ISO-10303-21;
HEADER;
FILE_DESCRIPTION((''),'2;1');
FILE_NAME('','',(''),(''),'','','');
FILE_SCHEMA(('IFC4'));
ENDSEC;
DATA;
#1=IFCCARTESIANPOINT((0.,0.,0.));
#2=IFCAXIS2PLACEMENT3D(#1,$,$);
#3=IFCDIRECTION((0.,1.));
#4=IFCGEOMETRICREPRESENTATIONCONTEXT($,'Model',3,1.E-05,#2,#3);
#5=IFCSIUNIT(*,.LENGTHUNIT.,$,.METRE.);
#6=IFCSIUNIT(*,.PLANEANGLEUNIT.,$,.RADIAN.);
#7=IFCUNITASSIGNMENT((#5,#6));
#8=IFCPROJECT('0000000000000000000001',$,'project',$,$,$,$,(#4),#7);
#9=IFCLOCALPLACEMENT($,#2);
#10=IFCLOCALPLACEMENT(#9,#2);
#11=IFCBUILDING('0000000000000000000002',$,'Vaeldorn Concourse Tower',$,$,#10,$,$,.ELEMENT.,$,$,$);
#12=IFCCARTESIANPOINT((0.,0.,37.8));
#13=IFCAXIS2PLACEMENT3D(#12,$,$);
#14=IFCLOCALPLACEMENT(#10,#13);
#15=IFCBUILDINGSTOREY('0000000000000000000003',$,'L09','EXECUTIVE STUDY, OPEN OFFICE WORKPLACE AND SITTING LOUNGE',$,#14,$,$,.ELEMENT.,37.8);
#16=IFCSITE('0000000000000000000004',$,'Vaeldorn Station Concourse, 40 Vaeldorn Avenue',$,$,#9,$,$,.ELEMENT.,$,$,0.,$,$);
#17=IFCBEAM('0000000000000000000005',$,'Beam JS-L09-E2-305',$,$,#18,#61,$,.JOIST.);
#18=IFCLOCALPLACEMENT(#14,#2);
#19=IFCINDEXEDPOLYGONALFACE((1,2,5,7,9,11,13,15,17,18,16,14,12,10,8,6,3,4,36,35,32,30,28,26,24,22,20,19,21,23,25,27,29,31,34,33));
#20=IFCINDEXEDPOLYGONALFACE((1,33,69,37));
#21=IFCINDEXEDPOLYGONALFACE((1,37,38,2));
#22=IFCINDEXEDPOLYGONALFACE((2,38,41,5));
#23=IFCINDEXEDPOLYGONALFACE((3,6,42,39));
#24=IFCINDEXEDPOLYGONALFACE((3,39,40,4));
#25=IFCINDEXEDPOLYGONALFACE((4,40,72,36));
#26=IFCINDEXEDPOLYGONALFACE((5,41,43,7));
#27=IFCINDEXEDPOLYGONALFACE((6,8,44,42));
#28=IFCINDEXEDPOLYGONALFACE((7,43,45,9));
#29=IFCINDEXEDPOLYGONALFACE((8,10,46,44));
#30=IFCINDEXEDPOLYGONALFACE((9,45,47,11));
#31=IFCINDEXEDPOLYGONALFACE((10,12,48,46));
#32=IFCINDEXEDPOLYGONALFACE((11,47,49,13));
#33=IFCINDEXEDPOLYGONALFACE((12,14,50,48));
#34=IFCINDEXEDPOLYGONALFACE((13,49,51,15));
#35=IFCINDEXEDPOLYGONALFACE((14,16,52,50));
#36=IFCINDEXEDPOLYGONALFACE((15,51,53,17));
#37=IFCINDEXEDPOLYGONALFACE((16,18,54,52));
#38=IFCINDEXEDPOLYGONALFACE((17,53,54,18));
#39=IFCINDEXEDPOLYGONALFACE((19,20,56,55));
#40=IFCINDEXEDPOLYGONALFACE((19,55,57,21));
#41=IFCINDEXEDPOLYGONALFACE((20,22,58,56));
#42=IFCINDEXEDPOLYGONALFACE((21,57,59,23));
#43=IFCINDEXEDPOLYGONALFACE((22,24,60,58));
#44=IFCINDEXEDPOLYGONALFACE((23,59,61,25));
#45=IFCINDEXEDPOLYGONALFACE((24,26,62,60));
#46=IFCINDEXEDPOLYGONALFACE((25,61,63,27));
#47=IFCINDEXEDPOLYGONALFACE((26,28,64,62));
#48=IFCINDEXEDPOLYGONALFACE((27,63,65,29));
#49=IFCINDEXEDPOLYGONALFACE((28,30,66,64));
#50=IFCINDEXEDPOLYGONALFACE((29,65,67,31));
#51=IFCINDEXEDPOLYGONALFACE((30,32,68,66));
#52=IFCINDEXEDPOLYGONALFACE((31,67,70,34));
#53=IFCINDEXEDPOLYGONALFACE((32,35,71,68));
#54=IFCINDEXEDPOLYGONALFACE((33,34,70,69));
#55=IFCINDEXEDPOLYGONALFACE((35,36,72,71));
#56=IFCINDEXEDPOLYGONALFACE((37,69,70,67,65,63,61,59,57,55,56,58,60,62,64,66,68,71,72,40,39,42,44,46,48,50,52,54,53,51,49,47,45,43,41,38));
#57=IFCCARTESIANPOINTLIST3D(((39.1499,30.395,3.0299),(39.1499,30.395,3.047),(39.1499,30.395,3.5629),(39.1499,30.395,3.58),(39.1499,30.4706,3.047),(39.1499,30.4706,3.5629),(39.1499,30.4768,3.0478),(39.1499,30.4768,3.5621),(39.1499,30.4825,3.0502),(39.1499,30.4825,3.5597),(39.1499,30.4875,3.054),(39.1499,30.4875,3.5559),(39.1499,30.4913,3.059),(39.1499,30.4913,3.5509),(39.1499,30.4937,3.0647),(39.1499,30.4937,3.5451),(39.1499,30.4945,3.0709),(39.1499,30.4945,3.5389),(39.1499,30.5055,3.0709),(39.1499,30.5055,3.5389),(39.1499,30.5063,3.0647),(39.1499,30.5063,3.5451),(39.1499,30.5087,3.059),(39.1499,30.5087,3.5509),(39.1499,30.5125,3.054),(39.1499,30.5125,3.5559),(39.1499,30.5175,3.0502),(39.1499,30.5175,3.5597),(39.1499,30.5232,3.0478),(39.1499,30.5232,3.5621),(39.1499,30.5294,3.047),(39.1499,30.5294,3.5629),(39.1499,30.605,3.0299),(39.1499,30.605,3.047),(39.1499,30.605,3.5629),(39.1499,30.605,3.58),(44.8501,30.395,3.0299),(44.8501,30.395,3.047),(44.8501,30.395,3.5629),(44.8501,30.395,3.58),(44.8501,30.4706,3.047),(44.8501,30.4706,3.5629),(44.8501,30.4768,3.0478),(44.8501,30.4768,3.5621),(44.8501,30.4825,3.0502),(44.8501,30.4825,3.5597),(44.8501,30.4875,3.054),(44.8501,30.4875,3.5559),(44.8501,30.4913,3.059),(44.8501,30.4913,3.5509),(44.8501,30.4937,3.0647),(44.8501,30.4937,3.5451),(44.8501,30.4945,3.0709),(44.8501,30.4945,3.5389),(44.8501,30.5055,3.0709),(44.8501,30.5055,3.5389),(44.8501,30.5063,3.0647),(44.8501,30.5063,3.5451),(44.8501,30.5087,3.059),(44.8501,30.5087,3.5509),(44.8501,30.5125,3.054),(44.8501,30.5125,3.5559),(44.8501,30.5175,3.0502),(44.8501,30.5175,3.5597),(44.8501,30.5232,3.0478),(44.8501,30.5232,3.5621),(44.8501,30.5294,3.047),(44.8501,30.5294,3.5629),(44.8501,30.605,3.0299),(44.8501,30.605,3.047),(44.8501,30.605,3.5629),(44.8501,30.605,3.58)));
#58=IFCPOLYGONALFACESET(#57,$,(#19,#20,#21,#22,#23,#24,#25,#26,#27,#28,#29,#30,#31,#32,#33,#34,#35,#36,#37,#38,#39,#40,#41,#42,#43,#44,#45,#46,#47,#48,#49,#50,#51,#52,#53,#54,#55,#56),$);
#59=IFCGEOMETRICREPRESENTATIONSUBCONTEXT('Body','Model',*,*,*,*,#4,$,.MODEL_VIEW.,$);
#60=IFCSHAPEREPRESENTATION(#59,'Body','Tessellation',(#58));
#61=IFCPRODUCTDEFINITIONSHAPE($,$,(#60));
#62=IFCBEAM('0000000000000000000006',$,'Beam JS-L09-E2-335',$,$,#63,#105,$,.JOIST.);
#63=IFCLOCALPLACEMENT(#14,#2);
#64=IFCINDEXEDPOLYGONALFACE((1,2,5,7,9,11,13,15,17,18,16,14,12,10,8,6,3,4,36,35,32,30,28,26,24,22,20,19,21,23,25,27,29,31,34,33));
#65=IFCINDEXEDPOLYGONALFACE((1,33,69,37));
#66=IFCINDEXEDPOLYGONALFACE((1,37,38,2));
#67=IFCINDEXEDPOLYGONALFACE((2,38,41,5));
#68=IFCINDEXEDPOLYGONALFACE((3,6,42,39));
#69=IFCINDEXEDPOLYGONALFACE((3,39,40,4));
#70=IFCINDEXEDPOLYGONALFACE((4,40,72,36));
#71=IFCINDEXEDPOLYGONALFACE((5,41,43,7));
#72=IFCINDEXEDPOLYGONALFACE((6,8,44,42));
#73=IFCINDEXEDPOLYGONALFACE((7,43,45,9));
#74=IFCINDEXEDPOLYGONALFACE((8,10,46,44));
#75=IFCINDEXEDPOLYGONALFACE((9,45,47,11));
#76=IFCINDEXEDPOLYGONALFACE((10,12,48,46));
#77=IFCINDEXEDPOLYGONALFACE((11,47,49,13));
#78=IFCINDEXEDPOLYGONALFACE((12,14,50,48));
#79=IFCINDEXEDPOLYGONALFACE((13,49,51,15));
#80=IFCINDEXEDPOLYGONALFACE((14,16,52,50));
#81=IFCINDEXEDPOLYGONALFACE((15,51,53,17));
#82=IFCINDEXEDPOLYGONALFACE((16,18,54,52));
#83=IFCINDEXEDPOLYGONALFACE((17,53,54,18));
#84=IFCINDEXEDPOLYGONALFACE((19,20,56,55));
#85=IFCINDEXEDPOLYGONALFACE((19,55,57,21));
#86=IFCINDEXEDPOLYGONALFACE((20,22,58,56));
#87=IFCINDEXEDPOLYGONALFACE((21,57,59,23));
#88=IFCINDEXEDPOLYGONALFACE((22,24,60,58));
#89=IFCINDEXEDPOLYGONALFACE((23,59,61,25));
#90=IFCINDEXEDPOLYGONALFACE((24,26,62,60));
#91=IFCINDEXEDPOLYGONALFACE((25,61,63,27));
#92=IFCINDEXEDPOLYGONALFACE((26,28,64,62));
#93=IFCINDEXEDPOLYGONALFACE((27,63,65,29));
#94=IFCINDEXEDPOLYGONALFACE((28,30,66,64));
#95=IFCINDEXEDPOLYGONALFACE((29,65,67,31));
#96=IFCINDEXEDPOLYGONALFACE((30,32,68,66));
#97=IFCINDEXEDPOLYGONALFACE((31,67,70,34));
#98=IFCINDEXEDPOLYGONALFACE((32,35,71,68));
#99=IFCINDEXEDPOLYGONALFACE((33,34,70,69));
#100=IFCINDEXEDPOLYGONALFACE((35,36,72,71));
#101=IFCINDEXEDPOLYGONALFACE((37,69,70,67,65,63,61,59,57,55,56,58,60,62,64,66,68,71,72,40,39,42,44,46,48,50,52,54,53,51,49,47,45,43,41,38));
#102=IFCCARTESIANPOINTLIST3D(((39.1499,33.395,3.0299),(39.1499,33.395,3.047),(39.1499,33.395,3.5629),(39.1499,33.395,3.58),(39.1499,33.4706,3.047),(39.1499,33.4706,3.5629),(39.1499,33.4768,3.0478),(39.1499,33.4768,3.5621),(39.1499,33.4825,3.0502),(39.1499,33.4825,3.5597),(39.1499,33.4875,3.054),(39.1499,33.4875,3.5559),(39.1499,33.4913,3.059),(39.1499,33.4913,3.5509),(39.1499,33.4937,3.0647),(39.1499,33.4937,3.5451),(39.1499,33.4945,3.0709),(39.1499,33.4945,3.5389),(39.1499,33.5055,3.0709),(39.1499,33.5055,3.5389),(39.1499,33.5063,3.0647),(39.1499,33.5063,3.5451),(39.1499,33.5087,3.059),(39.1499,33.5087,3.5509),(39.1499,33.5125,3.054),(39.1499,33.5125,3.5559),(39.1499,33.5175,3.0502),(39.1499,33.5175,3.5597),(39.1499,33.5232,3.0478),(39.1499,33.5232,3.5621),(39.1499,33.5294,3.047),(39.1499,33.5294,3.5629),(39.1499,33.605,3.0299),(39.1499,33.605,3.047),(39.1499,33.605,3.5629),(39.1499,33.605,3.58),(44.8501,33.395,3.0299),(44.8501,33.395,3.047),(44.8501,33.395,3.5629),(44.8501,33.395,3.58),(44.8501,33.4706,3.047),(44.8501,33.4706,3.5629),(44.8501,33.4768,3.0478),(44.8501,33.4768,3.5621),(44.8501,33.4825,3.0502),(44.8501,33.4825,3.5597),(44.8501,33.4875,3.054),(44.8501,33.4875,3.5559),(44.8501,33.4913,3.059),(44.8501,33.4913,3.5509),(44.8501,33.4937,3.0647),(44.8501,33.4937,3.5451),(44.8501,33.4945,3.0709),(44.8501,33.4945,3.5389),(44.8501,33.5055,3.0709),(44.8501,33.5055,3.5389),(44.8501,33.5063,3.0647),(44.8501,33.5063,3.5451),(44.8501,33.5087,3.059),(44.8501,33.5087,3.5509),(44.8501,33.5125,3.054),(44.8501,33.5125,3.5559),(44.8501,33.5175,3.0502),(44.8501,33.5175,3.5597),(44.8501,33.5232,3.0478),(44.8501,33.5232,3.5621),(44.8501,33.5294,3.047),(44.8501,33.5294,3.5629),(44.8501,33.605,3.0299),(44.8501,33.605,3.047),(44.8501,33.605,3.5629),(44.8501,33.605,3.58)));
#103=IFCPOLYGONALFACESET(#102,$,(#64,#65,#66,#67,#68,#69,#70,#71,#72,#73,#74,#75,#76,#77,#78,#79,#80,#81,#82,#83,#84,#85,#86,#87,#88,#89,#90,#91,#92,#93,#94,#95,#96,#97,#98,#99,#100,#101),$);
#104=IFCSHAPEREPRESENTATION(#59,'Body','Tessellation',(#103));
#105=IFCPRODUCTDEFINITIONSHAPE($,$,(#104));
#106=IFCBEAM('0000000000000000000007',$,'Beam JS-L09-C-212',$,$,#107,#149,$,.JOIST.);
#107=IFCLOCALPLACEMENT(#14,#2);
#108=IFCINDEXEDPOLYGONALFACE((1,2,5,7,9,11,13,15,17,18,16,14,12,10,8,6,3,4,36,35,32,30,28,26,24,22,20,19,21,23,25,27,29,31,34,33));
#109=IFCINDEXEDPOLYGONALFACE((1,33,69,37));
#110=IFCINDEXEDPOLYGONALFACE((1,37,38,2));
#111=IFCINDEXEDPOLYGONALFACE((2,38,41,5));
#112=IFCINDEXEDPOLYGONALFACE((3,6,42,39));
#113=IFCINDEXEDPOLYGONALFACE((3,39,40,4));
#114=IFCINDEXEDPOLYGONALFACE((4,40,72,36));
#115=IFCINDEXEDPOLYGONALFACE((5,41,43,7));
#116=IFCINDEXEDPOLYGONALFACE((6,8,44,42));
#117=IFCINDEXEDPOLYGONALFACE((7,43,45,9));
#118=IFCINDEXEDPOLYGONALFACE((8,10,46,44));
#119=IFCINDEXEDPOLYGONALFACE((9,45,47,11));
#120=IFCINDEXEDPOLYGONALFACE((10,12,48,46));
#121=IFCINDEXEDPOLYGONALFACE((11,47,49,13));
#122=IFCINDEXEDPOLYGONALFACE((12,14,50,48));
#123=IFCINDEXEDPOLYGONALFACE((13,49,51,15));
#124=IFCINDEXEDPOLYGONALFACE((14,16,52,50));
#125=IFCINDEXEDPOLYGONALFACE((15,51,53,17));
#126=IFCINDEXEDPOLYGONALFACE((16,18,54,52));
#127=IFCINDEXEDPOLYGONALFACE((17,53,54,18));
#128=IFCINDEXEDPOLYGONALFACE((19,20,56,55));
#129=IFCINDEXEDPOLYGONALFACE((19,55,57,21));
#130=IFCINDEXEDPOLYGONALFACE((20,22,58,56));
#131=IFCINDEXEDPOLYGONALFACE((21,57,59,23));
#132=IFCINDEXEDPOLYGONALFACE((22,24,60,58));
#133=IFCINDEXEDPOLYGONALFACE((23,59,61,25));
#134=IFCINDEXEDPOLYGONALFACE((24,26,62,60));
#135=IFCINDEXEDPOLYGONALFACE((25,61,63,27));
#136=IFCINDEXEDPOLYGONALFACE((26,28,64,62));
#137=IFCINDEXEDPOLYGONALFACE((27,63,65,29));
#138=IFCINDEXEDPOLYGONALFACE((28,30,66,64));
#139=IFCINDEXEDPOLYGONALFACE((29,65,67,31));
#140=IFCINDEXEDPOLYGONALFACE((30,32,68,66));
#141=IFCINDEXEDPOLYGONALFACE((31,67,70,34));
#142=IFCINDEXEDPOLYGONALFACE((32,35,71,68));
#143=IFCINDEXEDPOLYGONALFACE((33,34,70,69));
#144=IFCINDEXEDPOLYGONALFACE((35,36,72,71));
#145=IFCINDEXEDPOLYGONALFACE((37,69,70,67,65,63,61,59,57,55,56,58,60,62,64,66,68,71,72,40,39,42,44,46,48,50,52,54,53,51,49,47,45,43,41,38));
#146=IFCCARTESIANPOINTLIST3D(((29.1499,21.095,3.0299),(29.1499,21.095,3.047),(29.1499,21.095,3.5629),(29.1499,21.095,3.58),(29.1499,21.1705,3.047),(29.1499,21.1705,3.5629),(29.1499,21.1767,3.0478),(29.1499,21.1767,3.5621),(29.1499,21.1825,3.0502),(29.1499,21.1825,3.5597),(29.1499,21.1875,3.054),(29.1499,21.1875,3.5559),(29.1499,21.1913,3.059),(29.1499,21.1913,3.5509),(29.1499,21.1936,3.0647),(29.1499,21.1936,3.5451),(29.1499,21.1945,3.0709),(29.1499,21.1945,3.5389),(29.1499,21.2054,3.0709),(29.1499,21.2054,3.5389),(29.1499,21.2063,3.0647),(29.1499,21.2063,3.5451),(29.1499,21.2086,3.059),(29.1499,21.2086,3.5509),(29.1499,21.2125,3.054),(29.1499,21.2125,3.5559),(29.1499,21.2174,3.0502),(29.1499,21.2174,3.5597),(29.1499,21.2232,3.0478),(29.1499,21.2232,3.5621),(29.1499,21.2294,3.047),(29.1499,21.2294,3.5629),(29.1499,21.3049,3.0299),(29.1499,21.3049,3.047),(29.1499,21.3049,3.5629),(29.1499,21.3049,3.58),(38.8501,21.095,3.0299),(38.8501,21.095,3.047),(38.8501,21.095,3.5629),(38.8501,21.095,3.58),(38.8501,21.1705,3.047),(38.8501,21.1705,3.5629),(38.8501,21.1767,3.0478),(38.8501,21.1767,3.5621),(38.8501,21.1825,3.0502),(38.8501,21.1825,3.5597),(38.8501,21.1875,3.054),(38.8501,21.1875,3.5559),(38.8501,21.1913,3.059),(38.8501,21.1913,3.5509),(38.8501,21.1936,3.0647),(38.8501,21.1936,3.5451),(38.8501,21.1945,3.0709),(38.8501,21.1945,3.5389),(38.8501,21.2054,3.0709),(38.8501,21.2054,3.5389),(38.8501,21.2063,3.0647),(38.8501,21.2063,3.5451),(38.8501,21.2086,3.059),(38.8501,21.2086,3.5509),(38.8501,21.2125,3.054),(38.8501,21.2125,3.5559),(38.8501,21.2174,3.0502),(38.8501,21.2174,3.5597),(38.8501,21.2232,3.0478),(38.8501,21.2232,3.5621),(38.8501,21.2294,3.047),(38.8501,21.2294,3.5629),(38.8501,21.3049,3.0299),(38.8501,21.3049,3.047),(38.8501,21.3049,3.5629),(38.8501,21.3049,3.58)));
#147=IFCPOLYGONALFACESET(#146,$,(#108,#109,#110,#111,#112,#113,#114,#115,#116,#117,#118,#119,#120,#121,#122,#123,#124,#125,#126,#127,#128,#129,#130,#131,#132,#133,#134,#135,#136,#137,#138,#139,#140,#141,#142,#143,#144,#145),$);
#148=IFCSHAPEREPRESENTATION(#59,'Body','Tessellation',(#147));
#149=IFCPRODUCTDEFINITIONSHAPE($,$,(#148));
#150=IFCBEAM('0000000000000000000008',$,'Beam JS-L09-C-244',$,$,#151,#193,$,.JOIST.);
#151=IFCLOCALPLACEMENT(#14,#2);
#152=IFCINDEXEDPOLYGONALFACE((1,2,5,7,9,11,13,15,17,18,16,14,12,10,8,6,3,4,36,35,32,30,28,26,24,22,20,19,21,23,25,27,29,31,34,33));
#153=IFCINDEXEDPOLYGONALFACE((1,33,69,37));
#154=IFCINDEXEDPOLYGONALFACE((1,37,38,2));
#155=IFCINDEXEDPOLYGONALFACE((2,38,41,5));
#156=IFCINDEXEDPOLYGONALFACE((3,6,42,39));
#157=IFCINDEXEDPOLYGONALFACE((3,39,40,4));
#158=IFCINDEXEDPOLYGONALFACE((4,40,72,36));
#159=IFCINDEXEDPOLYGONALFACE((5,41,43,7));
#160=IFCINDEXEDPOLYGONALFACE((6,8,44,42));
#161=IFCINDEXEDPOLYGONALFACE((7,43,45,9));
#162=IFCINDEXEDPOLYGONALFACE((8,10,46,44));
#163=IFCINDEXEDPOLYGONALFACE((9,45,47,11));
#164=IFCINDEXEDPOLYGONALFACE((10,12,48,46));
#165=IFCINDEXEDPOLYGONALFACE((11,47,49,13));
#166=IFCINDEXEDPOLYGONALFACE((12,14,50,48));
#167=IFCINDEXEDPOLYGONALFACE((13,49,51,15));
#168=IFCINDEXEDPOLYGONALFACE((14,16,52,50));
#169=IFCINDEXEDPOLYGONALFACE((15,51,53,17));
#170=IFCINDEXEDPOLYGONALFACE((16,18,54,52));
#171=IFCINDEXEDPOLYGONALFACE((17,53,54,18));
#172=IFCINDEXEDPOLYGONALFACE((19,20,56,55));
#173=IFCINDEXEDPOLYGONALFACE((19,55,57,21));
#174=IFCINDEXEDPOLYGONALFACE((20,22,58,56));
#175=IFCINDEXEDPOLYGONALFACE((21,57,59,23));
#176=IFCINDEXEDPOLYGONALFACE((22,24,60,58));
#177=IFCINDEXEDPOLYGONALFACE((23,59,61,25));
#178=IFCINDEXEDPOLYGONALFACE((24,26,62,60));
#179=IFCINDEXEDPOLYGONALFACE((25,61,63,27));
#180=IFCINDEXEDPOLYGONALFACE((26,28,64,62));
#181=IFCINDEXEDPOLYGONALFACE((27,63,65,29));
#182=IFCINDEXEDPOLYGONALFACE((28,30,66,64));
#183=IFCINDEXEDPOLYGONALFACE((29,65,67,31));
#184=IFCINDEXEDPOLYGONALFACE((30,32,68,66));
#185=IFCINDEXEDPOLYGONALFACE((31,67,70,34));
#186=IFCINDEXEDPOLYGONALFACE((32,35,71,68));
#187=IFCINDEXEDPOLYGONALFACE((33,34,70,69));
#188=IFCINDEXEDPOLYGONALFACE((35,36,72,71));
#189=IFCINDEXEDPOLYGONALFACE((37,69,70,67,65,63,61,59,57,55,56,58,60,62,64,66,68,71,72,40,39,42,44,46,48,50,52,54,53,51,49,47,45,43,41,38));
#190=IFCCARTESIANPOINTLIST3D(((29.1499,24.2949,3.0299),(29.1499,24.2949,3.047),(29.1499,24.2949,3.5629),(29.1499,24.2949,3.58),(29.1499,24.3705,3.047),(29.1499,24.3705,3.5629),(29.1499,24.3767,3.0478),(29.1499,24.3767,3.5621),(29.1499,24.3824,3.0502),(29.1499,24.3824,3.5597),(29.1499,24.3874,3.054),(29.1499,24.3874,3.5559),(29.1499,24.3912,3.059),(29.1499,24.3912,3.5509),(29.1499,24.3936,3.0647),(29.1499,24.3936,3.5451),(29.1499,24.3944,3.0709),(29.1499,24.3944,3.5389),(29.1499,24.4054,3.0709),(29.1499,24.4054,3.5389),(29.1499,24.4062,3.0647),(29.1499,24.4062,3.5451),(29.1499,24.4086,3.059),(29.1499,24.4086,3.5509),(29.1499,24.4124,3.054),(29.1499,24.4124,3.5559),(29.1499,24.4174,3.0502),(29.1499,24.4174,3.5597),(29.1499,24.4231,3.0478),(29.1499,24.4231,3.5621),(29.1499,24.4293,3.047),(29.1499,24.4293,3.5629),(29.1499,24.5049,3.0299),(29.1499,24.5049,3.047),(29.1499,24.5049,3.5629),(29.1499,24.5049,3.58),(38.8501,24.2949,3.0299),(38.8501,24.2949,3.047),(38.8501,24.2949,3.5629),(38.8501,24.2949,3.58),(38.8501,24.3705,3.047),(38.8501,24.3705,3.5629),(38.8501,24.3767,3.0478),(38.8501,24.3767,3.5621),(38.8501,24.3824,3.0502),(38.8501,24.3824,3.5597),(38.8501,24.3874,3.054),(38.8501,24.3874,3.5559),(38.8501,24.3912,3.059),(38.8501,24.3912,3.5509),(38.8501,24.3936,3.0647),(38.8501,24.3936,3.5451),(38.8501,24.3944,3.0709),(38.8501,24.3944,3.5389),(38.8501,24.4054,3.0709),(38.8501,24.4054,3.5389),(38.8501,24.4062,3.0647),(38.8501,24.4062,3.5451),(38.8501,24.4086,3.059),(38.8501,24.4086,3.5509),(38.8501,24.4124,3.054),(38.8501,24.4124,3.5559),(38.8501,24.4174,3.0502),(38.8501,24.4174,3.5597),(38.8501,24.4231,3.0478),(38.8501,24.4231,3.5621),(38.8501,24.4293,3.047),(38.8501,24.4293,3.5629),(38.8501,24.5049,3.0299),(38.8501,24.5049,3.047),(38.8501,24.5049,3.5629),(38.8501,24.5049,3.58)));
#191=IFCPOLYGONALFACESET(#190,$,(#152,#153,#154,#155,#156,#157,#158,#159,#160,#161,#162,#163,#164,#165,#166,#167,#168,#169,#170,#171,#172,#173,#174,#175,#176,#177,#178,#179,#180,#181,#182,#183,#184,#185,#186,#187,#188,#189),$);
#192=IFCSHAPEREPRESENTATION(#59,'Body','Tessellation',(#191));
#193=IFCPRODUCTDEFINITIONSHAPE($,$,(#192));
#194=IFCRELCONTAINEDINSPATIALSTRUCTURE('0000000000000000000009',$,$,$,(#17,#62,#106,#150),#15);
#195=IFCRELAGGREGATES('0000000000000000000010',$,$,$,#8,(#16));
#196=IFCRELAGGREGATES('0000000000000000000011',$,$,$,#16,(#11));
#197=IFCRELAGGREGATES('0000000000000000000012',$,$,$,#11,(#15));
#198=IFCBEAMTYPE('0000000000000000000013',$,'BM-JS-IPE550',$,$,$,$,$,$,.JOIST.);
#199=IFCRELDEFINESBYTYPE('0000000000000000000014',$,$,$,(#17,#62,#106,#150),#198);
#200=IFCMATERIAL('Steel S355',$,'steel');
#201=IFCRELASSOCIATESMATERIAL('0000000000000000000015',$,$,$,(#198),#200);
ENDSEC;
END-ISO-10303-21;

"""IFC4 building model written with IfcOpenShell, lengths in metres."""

from ifc_helpers import new_model, si_unit, direction, frame, origin, origin_2d, place, context, subcontext, project, spatial, i_section, extrude, source, transform, mapped, material, material_profile, profile_set, type_object, element, save


model = new_model("IFC4")

# Units and contexts
model_context = context("Model", 3, precision=1e-05, world=origin(), true_north=direction((0.0, 1.0)))
body_context = subcontext(model_context, "Body", "Model", "MODEL_VIEW")
ifc_project = project(units=[si_unit("LENGTHUNIT", "METRE"), si_unit("PLANEANGLEUNIT", "RADIAN")], contexts=[model_context])

# Site, building, storey
site_placement = place(None, origin())
site = spatial("IfcSite", under=ifc_project, at=site_placement, Name="Vaeldorn Station Concourse, 40 Vaeldorn Avenue", CompositionType="ELEMENT", RefElevation=0.0)
building_placement = place(site_placement, origin())
building = spatial("IfcBuilding", under=site, at=building_placement, Name="Vaeldorn Concourse Tower", CompositionType="ELEMENT")
storey_placement = place(building_placement, frame((0.0, 0.0, 37.8)))
storey = spatial("IfcBuildingStorey", under=building, at=storey_placement, Name="L09", Description="EXECUTIVE STUDY, OPEN OFFICE WORKPLACE AND SITTING LOUNGE", CompositionType="ELEMENT", Elevation=37.8)

# Beams
ifc_material_1 = material(Name="Steel S355", Category="steel")
ifc_material_profile_1 = material_profile(ifc_material_1, i_section(OverallWidth=0.21, OverallDepth=0.55, WebThickness=0.011, FlangeThickness=0.0171, FilletRadius=0.0239, at=origin_2d()), Name="IPE 550")
ifc_profile_set_1 = profile_set([ifc_material_profile_1], Name="Steel S355")
beam_type_1 = type_object("IfcBeamType", Name="BM-JS-IPE550", PredefinedType="JOIST", material=ifc_profile_set_1)
shared_shape_1 = source(origin(), body_context, "Body", "SweptSolid", [
    extrude(i_section(OverallWidth=0.21, OverallDepth=0.55, WebThickness=0.011, FlangeThickness=0.0171, FilletRadius=0.0239, at=origin_2d()), origin(), (0.0, 0.0, 1.0), 5.7002),
])
for number, where, z_axis, x_axis, name in (
    (1, (39.1499, 30.5, 3.3049), (1.0, 0.0, 0.0), (0.0, 1.0, 0.0), "Beam JS-L09-E2-305"),
    (2, (39.1499, 33.5, 3.3049), (1.0, 0.0, 0.0), (0.0, 1.0, 0.0), "Beam JS-L09-E2-335"),
):
    element("IfcBeam", number, at=place(storey_placement, frame(where, z_axis=z_axis, x_axis=x_axis)), inside=storey, type_object=beam_type_1, Name=name, PredefinedType="JOIST", context=body_context, shape_type="MappedRepresentation", body=[
        mapped(shared_shape_1, transform((0.0, 0.0, 0.0), scale=1.0)),
    ])
shared_shape_2 = source(origin(), body_context, "Body", "SweptSolid", [
    extrude(i_section(OverallWidth=0.21, OverallDepth=0.55, WebThickness=0.011, FlangeThickness=0.0171, FilletRadius=0.0239, at=origin_2d()), origin(), (0.0, 0.0, 1.0), 9.7002),
])
for number, where, z_axis, x_axis, name in (
    (3, (29.1499, 21.2, 3.3049), (1.0, 0.0, 0.0), (0.0, 1.0, 0.0), "Beam JS-L09-C-212"),
    (4, (29.1499, 24.3999, 3.3049), (1.0, 0.0, 0.0), (0.0, 1.0, 0.0), "Beam JS-L09-C-244"),
):
    element("IfcBeam", number, at=place(storey_placement, frame(where, z_axis=z_axis, x_axis=x_axis)), inside=storey, type_object=beam_type_1, Name=name, PredefinedType="JOIST", context=body_context, shape_type="MappedRepresentation", body=[
        mapped(shared_shape_2, transform((0.0, 0.0, 0.0), scale=1.0)),
    ])

save(model, "model.ifc")
